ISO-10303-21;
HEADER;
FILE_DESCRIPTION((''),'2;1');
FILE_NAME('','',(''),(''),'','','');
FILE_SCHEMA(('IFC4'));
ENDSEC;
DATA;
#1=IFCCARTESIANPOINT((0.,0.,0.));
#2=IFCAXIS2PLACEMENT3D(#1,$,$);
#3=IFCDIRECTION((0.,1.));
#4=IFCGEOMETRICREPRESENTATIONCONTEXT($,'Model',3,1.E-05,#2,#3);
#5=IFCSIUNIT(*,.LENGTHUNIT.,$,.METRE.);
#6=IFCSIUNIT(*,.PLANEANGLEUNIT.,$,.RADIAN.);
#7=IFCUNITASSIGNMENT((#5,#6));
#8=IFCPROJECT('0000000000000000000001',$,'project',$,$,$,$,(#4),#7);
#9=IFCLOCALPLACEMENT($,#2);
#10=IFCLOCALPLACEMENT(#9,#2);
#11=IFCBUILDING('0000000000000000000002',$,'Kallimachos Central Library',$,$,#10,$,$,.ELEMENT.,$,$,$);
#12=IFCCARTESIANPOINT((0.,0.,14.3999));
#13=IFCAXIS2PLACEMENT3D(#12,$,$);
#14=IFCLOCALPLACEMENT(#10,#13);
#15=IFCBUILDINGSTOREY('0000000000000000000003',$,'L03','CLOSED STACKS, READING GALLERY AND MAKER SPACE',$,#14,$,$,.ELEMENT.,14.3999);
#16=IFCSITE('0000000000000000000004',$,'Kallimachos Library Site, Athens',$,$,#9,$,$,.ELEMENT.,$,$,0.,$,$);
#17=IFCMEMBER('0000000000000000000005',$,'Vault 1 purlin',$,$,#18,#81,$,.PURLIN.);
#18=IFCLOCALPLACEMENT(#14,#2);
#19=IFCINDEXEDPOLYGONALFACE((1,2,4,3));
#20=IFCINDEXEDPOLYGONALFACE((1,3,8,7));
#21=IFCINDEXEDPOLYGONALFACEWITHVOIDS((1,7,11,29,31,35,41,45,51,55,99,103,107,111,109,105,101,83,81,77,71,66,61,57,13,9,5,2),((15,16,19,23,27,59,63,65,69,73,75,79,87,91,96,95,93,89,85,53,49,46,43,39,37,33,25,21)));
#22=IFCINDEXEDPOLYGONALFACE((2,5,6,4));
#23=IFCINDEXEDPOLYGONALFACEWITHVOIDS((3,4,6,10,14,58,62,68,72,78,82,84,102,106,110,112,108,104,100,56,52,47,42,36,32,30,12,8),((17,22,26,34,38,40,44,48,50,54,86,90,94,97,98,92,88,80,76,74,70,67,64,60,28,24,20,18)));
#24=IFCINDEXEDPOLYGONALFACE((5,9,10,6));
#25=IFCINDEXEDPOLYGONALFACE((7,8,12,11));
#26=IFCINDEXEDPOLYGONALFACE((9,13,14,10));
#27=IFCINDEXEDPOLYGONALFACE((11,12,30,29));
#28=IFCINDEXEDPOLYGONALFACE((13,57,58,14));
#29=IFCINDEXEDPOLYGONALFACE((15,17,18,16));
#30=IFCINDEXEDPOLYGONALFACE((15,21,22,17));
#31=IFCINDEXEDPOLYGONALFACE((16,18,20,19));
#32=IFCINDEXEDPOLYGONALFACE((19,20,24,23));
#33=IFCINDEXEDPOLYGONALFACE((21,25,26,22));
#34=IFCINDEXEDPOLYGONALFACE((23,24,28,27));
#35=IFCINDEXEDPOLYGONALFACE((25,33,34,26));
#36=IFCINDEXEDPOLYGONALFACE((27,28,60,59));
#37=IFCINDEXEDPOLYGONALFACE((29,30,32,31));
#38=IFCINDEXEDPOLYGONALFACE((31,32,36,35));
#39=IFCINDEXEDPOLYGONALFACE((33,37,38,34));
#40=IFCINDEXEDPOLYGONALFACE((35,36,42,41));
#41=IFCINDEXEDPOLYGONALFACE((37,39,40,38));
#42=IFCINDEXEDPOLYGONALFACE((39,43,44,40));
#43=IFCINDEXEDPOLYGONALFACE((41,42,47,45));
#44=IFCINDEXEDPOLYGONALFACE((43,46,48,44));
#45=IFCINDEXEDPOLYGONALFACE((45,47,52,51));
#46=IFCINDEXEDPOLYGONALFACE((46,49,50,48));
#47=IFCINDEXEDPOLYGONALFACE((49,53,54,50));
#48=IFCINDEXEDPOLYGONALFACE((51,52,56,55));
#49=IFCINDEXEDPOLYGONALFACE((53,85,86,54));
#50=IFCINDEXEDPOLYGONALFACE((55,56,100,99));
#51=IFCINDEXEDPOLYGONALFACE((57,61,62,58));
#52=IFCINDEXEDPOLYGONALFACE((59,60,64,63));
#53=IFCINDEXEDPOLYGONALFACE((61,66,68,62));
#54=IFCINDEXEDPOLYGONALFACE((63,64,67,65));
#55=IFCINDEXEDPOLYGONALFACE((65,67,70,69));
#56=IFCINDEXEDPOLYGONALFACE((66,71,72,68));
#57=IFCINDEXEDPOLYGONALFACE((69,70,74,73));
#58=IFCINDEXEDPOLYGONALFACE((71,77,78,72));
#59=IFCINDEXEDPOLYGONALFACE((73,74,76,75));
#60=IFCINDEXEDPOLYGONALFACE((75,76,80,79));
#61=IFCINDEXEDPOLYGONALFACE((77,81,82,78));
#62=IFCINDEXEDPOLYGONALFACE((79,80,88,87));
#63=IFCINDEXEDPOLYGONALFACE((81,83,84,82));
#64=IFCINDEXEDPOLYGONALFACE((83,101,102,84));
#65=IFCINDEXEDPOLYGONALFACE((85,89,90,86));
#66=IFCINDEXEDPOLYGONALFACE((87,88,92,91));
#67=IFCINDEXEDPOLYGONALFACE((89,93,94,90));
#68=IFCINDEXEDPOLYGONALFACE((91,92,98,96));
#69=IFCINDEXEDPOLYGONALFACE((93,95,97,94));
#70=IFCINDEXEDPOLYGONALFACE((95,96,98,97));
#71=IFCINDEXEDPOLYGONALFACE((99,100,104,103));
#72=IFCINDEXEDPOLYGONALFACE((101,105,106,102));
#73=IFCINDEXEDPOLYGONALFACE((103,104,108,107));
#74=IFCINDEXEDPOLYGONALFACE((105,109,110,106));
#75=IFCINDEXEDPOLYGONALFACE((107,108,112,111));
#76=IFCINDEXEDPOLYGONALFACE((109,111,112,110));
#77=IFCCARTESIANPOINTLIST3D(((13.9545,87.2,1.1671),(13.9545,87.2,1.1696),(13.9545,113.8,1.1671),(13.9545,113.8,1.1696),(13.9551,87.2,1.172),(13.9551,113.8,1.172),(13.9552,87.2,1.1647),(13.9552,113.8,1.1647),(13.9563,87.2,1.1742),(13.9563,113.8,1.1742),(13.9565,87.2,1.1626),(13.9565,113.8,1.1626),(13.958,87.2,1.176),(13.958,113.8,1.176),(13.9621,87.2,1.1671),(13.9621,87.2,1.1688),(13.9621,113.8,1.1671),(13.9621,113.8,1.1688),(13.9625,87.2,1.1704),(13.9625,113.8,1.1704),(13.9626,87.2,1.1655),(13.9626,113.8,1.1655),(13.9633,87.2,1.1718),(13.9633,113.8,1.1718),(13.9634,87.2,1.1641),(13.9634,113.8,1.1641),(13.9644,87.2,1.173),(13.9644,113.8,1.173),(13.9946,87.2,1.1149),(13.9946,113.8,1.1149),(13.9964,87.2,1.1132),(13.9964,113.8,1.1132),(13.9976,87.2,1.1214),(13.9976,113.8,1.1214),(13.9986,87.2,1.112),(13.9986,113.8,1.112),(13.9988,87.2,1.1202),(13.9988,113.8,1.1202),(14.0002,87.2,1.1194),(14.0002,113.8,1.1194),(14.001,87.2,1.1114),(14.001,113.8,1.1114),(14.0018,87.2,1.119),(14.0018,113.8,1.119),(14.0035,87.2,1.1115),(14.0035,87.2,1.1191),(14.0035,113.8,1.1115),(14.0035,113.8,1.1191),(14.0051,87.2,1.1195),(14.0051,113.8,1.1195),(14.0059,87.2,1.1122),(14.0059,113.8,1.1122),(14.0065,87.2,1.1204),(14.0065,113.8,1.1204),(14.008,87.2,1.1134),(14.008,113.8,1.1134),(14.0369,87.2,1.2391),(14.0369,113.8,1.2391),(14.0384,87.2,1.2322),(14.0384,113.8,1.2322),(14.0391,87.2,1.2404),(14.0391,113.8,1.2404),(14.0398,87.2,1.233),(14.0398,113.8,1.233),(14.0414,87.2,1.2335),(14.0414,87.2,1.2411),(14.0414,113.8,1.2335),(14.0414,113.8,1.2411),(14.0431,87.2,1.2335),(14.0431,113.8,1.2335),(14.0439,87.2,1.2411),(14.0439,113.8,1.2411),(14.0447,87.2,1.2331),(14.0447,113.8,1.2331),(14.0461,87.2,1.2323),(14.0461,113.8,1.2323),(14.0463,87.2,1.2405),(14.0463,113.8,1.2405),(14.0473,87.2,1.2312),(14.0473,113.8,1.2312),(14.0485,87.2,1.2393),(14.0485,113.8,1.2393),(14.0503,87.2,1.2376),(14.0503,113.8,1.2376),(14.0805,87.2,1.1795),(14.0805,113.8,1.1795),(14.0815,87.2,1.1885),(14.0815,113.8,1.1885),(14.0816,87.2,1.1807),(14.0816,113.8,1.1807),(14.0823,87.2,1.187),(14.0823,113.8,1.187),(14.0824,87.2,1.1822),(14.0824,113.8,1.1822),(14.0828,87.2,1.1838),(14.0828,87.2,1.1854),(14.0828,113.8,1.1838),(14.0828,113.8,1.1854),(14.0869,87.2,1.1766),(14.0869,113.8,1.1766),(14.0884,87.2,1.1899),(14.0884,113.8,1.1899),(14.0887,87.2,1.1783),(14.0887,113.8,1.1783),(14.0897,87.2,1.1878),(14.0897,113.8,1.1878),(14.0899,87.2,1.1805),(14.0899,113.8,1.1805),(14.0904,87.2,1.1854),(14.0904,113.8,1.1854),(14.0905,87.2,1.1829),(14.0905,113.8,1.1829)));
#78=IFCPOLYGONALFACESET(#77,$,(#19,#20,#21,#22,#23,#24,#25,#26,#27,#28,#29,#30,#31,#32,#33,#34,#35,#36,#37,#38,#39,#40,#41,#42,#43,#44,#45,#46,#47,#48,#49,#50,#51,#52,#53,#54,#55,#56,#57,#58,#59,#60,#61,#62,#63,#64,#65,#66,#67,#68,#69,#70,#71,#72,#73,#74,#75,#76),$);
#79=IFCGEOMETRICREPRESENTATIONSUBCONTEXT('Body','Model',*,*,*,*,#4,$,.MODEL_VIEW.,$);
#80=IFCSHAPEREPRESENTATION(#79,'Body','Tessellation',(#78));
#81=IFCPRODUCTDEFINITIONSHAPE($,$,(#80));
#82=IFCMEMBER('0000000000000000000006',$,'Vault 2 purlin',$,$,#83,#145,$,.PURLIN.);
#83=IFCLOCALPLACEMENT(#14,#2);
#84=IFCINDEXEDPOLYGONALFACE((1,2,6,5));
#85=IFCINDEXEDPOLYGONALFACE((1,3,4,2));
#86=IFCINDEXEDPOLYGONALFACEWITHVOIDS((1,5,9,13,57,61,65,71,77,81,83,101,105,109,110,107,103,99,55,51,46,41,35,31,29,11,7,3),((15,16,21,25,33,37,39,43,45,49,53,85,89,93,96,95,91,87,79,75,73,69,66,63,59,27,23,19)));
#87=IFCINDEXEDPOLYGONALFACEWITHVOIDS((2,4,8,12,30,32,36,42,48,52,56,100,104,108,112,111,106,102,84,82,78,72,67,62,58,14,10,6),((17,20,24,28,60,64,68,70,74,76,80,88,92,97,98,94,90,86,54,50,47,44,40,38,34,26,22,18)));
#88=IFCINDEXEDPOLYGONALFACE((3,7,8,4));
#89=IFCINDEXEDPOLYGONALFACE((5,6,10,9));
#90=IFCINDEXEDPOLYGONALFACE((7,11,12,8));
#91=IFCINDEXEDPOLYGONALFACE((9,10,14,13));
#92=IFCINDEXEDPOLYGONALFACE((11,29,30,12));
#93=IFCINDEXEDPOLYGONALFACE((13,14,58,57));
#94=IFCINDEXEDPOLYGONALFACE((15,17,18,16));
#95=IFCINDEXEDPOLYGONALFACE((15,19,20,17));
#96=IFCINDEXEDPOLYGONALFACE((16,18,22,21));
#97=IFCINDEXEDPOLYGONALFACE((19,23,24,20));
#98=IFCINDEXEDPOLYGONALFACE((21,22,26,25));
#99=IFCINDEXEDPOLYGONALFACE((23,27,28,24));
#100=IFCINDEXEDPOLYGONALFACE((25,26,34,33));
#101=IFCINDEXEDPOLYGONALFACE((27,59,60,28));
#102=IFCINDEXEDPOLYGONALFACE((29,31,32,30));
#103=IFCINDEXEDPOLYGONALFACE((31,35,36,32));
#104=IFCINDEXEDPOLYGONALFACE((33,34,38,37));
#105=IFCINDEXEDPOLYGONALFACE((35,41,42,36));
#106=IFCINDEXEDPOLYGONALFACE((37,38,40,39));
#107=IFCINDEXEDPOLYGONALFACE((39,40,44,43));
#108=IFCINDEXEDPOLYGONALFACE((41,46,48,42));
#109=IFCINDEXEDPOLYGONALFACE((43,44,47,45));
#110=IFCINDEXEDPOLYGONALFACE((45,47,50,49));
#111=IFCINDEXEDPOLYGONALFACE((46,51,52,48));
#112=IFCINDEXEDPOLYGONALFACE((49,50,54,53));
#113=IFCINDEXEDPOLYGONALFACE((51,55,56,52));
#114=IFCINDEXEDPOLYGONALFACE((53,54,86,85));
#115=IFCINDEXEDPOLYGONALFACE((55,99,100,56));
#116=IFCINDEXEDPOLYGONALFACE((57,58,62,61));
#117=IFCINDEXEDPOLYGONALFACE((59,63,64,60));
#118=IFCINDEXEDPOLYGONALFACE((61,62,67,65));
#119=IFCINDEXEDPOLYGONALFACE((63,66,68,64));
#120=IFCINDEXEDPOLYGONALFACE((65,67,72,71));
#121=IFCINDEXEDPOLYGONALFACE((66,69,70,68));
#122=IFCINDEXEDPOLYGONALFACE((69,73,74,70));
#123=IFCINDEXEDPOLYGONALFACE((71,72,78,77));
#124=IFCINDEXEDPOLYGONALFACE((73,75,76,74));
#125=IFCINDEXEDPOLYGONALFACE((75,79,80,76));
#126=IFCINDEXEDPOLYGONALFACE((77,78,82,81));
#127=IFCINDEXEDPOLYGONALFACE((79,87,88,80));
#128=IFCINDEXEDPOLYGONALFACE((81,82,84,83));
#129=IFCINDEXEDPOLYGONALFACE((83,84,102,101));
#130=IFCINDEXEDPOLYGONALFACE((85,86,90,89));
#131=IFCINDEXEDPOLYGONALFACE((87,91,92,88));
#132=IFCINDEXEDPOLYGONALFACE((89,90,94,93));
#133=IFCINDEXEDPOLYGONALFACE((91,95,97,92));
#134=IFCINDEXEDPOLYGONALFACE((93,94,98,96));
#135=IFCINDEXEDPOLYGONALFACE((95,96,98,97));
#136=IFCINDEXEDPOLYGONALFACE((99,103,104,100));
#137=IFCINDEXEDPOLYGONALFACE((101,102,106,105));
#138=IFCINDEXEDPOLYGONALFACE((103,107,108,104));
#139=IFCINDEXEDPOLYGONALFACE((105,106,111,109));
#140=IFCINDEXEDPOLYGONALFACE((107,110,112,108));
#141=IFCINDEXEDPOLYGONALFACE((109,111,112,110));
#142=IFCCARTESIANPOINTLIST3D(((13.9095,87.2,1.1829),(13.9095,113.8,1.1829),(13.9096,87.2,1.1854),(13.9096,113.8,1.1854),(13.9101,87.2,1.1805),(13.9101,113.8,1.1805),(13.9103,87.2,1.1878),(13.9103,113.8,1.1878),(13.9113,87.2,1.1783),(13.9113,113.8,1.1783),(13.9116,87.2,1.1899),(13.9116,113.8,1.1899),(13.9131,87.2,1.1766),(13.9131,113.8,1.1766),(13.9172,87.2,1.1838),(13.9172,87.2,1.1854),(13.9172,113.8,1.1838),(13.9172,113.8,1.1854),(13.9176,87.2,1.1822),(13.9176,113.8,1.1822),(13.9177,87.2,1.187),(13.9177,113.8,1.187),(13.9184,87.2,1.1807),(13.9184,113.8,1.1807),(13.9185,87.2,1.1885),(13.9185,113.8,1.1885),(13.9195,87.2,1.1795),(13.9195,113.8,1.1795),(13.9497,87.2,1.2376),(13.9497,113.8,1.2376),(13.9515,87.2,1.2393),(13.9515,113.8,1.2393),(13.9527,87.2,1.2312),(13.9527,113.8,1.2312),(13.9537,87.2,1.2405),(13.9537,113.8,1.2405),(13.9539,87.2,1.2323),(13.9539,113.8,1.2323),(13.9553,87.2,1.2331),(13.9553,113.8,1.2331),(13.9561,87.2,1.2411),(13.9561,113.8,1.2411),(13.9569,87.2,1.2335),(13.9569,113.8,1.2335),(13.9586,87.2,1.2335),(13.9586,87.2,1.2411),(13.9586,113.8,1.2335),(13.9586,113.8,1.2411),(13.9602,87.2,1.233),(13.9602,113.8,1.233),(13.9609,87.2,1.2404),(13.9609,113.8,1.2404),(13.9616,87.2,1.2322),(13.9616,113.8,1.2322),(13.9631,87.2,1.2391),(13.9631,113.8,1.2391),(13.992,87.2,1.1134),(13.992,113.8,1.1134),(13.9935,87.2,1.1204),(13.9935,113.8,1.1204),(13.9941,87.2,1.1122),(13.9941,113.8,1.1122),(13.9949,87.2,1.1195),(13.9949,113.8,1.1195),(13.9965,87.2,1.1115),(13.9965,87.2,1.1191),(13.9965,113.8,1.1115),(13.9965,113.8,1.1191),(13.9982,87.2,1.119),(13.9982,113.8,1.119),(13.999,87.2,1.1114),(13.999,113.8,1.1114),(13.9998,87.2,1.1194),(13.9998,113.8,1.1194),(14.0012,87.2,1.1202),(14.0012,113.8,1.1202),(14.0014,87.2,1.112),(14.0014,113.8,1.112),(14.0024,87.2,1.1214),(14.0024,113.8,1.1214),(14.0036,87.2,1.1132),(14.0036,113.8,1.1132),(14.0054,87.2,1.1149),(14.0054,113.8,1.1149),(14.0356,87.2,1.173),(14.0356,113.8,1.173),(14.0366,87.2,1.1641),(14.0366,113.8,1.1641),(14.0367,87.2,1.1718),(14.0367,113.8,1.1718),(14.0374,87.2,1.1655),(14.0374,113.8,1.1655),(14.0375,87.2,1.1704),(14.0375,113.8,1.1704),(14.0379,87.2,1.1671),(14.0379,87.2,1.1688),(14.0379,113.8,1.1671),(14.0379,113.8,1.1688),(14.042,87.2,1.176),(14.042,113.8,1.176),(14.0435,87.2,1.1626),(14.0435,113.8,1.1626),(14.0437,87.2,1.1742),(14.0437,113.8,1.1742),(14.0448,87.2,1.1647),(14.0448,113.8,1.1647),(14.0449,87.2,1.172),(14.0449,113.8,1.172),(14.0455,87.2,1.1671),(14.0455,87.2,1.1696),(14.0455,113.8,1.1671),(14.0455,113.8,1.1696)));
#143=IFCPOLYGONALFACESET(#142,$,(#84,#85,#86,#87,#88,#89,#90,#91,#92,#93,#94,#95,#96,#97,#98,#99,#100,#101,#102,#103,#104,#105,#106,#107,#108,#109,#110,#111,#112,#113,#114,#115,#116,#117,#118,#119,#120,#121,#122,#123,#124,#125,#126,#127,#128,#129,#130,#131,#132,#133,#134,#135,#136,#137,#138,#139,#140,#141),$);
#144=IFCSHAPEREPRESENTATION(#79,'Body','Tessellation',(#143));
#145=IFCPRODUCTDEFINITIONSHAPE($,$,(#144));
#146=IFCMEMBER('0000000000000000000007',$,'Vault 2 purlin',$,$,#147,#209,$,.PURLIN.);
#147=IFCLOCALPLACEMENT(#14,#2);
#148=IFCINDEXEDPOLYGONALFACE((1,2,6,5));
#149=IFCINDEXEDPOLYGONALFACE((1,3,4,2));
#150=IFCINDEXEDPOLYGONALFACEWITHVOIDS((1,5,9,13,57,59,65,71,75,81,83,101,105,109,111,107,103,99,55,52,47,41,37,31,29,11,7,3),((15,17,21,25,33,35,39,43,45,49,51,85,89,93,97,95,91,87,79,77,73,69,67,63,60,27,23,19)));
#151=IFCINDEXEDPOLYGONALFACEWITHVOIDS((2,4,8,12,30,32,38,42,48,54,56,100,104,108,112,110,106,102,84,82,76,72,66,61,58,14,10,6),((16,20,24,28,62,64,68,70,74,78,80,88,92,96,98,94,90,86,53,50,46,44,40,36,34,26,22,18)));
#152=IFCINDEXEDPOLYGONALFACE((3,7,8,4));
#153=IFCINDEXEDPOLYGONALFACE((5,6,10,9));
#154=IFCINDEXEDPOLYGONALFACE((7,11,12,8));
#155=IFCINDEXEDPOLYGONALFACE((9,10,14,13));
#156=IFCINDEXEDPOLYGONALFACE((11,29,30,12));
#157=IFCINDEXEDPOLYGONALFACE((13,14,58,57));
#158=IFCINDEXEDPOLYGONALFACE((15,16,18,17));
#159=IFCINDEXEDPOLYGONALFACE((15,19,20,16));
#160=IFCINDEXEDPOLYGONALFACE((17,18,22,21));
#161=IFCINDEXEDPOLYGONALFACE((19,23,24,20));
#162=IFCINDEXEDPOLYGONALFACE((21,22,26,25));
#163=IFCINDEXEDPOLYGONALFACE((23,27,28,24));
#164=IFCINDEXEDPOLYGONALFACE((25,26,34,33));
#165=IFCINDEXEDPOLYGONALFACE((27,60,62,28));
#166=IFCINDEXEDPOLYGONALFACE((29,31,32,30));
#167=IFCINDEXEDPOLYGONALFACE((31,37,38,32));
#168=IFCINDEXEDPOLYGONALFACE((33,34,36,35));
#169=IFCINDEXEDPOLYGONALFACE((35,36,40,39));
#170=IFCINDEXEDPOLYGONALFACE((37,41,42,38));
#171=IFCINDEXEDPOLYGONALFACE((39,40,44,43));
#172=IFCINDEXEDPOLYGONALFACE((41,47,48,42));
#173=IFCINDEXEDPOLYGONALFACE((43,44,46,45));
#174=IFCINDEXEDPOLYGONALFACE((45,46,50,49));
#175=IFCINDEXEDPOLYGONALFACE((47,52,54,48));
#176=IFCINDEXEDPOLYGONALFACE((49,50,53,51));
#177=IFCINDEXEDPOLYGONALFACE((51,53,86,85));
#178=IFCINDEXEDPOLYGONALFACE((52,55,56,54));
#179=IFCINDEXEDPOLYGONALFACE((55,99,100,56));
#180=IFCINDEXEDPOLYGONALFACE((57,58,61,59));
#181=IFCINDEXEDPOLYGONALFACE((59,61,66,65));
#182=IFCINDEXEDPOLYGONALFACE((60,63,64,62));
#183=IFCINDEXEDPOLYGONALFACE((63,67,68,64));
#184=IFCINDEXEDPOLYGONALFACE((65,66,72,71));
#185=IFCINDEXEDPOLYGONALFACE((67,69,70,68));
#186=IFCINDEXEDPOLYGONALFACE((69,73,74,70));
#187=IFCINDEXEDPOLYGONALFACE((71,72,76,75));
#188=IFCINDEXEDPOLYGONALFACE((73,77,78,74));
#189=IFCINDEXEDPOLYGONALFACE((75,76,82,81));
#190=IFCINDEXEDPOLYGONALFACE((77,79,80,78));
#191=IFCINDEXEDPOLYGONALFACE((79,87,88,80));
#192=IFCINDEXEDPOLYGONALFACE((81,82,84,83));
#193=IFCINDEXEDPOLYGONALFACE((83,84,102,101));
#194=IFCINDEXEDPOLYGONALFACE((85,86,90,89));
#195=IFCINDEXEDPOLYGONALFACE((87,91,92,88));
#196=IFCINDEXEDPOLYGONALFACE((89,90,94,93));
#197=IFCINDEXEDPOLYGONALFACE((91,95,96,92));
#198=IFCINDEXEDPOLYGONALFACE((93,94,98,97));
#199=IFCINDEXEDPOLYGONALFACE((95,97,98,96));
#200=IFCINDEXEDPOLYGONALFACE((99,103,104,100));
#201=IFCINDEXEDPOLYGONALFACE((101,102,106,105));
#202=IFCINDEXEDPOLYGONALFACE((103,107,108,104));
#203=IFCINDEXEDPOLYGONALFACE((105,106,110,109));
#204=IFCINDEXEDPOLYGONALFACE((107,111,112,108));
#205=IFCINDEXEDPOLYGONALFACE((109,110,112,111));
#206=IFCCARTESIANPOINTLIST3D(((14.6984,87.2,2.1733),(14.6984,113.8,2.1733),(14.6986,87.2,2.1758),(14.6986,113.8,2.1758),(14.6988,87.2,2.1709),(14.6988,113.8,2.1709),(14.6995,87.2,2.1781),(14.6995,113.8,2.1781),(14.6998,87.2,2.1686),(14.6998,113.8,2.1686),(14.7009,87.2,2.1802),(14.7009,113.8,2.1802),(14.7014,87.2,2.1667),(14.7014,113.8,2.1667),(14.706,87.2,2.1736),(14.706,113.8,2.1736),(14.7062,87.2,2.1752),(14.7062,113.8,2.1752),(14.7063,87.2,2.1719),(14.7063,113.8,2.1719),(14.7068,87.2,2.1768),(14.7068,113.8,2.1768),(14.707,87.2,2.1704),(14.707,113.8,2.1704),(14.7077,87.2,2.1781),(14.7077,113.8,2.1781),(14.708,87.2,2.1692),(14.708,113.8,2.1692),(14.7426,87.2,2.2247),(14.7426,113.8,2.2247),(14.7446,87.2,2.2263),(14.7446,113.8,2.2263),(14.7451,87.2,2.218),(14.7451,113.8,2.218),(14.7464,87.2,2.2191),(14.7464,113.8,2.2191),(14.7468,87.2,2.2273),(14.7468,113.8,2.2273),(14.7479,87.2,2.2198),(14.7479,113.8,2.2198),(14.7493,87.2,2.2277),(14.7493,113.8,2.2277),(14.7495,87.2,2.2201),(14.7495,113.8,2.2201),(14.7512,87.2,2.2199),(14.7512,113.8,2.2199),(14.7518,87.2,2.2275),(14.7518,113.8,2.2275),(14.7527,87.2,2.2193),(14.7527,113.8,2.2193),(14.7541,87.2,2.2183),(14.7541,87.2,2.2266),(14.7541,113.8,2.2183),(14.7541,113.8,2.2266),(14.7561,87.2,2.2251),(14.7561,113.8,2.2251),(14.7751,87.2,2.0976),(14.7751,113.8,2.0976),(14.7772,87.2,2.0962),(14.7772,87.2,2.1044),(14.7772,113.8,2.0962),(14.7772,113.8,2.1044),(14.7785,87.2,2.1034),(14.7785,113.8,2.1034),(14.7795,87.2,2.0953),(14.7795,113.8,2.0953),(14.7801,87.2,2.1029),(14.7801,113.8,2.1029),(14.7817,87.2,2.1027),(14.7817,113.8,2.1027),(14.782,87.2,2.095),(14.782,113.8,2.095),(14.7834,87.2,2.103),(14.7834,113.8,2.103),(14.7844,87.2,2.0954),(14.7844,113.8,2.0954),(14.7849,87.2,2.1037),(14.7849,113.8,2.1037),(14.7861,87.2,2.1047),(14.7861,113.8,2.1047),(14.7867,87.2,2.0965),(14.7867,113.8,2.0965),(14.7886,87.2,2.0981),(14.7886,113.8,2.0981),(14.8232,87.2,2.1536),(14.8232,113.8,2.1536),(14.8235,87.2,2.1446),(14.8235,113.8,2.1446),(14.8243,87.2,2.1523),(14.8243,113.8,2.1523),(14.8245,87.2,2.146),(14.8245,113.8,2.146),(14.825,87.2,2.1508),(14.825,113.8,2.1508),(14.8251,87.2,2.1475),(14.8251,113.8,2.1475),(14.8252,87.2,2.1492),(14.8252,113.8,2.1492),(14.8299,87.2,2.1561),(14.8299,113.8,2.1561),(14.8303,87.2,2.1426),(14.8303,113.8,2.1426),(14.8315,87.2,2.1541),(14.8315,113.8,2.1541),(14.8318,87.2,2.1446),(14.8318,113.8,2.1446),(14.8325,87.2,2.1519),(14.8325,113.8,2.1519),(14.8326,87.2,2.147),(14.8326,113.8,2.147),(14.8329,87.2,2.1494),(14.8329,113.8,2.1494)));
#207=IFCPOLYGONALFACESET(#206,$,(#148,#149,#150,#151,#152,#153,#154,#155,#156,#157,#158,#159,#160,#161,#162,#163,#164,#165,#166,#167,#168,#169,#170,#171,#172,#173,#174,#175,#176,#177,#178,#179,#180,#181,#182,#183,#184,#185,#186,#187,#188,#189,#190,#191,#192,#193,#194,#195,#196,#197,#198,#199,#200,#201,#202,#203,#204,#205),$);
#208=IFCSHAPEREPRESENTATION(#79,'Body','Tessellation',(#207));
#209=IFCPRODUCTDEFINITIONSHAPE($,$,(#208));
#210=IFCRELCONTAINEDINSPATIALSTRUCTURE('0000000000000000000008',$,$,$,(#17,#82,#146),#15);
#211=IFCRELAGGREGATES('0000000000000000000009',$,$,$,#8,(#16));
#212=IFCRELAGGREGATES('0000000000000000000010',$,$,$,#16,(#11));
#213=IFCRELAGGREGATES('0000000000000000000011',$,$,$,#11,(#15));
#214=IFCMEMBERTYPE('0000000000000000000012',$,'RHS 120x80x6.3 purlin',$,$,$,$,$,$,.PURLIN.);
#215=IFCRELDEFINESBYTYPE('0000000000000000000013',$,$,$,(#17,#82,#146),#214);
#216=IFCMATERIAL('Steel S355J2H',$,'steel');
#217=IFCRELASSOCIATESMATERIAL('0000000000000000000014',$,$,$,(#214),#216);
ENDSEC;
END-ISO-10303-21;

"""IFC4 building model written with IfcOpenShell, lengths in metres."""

from ifc_helpers import new_model, si_unit, direction, frame, origin, origin_2d, place, context, subcontext, project, spatial, hollow_rectangle, extrude, material, material_profile, profile_set, type_object, element, save


model = new_model("IFC4")

# Units and contexts
model_context = context("Model", 3, precision=1e-05, world=origin(), true_north=direction((0.0, 1.0)))
body_context = subcontext(model_context, "Body", "Model", "MODEL_VIEW")
ifc_project = project(units=[si_unit("LENGTHUNIT", "METRE"), si_unit("PLANEANGLEUNIT", "RADIAN")], contexts=[model_context])

# Site, building, storey
site_placement = place(None, origin())
site = spatial("IfcSite", under=ifc_project, at=site_placement, Name="Kallimachos Library Site, Athens", CompositionType="ELEMENT", RefElevation=0.0)
building_placement = place(site_placement, origin())
building = spatial("IfcBuilding", under=site, at=building_placement, Name="Kallimachos Central Library", CompositionType="ELEMENT")
storey_placement = place(building_placement, frame((0.0, 0.0, 14.3999)))
storey = spatial("IfcBuildingStorey", under=building, at=storey_placement, Name="L03", Description="CLOSED STACKS, READING GALLERY AND MAKER SPACE", CompositionType="ELEMENT", Elevation=14.3999)

# Members
ifc_material_1 = material(Name="Steel S355J2H", Category="steel")
ifc_material_profile = material_profile(ifc_material_1, hollow_rectangle(XDim=0.0801, YDim=0.1201, WallThickness=0.0063, InnerFilletRadius=0.0063, OuterFilletRadius=0.0095, at=origin_2d()), Name="RHS 120x80x6.3")
ifc_profile_set = profile_set([ifc_material_profile], Name="Steel S355J2H")
member_type = type_object("IfcMemberType", Name="RHS 120x80x6.3 purlin", PredefinedType="PURLIN", material=ifc_profile_set)
for number, where, z_axis, x_axis, name in (
    (1, (14.0225, 87.2, 1.1763), (0.0, 1.0, 0.0), (-0.62444, 0.0, 0.781072), "Vault 1 purlin"),
    (2, (13.9775, 87.2, 1.1763), (0.0, 1.0, 0.0), (-0.62444, 0.0, -0.781072), "Vault 2 purlin"),
    (3, (14.7656, 87.2, 2.1614), (0.0, 1.0, 0.0), (-0.683497, 0.0, -0.729953), "Vault 2 purlin"),
):
    element("IfcMember", number, at=place(storey_placement, frame(where, z_axis=z_axis, x_axis=x_axis)), inside=storey, type_object=member_type, Name=name, PredefinedType="PURLIN", context=body_context, shape_type="SweptSolid", body=[
        extrude(hollow_rectangle(XDim=0.0801, YDim=0.1201, WallThickness=0.0063, InnerFilletRadius=0.0063, OuterFilletRadius=0.0095, at=origin_2d()), origin(), (0.0, 0.0, 1.0), 26.6001),
    ])

save(model, "model.ifc")
